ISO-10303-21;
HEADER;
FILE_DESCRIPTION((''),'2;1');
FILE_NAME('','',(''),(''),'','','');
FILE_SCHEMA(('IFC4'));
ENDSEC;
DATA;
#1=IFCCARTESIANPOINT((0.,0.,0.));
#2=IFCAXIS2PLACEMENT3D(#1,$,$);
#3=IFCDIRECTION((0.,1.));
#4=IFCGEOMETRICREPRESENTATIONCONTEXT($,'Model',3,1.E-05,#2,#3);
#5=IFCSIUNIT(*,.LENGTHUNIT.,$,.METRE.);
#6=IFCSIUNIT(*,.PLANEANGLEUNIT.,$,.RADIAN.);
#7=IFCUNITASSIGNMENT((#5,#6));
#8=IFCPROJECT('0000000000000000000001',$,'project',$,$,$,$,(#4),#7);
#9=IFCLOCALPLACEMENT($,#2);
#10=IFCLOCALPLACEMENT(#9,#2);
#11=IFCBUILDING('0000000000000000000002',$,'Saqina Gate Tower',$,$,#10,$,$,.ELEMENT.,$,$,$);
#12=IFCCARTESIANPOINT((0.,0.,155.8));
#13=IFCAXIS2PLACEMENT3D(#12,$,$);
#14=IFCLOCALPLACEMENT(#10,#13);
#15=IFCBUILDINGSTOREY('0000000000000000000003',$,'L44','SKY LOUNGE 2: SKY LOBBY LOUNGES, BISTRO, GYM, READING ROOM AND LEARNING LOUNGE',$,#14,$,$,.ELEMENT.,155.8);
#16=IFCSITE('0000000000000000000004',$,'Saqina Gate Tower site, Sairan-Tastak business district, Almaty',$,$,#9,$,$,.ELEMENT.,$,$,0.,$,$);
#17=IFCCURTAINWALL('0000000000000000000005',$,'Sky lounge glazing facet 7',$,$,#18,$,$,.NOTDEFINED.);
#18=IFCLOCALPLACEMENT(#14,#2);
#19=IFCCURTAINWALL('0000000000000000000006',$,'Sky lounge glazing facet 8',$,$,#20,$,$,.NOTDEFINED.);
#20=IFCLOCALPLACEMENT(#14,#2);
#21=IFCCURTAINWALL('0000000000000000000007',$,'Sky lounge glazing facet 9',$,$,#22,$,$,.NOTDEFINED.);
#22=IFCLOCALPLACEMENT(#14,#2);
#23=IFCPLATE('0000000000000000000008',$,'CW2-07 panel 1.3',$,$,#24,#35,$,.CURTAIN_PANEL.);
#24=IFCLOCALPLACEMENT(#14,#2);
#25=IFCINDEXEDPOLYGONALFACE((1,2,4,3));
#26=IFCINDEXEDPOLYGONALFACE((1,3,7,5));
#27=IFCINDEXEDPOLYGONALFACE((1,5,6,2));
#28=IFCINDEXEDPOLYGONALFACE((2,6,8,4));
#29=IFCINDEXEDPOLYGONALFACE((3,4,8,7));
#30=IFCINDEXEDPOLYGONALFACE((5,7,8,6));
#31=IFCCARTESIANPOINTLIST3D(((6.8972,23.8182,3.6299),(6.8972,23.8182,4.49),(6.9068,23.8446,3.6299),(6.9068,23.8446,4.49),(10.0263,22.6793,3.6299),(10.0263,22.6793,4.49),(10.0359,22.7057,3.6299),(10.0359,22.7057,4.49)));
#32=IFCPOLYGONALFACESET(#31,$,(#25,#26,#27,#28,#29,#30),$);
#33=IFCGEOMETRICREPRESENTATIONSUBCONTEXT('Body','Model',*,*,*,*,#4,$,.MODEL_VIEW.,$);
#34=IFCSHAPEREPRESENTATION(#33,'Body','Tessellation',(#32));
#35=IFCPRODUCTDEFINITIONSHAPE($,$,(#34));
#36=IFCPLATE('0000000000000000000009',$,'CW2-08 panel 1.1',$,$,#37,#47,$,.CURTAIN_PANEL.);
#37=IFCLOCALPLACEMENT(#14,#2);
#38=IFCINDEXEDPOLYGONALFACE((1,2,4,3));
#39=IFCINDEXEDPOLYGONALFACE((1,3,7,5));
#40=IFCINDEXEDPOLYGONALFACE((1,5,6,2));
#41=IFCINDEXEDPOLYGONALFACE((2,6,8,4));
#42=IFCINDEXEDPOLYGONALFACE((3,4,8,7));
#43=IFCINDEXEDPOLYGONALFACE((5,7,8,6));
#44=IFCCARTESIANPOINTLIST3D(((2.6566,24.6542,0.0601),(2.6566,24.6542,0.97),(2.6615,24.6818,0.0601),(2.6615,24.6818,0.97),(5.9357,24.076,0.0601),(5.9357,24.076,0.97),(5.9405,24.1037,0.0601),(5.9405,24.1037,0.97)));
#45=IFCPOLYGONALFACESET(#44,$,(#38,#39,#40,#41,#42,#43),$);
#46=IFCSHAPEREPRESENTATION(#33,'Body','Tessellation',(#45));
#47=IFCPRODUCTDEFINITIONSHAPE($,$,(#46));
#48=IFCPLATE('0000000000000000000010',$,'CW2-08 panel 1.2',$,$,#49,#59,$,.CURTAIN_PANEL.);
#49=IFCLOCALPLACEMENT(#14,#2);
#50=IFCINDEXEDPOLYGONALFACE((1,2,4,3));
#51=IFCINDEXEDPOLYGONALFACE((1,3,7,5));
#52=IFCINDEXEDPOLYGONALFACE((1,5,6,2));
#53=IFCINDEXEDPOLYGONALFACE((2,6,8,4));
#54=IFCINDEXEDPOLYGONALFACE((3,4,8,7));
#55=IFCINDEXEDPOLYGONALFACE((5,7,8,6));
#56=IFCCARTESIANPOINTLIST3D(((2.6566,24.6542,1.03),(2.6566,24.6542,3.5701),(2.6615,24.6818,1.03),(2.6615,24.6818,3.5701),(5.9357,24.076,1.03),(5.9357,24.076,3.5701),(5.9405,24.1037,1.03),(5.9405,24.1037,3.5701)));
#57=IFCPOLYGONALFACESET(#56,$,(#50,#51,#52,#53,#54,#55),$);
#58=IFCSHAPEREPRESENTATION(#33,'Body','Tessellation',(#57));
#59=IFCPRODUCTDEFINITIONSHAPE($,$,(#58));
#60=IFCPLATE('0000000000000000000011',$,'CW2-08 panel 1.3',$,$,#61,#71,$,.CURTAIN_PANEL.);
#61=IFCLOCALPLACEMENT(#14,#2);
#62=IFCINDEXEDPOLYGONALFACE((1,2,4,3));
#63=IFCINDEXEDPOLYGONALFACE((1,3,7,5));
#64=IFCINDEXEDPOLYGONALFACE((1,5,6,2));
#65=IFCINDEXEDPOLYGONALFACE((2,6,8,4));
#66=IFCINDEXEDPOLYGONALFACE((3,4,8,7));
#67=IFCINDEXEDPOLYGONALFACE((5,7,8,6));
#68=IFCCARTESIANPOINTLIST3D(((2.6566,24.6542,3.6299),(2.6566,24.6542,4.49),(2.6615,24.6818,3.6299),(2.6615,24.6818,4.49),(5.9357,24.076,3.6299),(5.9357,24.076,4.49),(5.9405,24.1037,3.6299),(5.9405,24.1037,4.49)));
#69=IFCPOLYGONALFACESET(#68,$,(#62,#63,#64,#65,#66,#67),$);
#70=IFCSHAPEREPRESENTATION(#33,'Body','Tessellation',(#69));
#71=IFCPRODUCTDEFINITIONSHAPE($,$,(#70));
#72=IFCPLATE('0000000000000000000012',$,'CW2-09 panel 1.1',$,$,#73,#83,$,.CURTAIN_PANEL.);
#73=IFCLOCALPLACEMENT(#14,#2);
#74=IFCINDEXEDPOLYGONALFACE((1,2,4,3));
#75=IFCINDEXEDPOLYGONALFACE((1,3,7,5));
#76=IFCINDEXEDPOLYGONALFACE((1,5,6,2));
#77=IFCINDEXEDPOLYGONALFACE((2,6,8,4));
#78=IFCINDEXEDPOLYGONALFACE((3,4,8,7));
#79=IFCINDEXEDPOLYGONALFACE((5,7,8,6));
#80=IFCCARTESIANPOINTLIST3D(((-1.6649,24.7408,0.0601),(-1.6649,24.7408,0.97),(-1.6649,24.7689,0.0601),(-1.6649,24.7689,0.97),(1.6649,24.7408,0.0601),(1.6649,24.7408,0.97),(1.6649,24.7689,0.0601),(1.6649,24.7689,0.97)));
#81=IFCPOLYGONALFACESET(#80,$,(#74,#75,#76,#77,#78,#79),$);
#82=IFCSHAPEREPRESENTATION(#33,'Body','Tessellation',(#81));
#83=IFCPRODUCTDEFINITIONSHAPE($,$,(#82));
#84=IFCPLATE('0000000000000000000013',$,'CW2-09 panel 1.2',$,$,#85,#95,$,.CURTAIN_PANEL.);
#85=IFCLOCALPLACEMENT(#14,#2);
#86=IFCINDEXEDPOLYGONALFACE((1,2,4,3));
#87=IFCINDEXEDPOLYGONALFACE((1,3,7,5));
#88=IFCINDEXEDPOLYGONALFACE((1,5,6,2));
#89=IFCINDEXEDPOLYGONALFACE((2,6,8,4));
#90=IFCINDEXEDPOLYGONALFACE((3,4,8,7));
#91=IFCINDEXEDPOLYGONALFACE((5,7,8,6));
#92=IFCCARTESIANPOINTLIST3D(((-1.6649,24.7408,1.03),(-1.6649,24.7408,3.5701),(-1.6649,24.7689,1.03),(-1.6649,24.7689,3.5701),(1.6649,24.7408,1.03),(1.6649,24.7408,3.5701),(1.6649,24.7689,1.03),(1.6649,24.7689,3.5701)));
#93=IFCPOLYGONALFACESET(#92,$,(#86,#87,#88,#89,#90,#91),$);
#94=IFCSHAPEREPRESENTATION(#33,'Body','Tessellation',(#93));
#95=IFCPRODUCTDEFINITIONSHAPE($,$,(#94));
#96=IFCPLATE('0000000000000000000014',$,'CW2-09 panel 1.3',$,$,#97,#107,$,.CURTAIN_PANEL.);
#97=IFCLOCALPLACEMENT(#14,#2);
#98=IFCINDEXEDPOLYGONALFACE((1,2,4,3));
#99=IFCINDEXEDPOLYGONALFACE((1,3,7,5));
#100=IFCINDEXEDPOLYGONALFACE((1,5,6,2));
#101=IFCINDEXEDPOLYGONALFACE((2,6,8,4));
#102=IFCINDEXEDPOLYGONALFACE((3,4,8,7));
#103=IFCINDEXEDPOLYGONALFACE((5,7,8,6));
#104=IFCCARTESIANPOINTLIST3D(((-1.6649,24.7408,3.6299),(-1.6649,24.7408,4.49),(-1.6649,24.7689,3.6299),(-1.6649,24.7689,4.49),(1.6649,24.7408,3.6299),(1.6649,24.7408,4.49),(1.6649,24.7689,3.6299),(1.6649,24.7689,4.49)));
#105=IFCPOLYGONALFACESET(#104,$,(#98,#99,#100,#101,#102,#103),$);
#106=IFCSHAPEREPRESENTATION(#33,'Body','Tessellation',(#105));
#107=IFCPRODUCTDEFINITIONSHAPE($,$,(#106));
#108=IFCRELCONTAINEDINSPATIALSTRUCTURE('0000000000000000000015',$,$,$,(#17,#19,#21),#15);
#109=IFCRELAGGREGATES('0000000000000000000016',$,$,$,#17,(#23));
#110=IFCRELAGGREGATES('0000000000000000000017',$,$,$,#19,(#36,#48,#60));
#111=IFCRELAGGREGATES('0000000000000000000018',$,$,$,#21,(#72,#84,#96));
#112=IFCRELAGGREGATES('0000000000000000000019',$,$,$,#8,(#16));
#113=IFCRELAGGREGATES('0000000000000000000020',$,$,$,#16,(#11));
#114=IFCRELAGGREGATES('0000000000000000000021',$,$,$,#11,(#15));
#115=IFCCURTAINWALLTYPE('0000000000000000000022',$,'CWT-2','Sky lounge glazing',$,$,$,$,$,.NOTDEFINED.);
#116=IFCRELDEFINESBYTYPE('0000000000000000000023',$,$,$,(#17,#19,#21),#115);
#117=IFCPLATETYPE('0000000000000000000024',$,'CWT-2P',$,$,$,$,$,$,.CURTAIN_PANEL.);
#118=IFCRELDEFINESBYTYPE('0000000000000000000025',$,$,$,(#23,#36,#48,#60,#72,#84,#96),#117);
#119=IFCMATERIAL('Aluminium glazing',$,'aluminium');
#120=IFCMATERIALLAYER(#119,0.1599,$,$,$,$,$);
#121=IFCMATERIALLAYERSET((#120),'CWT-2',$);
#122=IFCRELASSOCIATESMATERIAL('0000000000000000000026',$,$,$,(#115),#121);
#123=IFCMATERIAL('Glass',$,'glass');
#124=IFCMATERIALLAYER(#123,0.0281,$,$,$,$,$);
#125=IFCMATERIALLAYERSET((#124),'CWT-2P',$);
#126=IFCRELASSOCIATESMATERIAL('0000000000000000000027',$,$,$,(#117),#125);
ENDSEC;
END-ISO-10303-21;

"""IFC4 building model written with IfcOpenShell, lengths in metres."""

from ifc_helpers import new_model, si_unit, direction, frame, origin, origin_2d, place, context, subcontext, project, spatial, rectangle, extrude, material, layer, layer_set, type_object, element, aggregate, save


model = new_model("IFC4")

# Units and contexts
model_context = context("Model", 3, precision=1e-05, world=origin(), true_north=direction((0.0, 1.0)))
body_context = subcontext(model_context, "Body", "Model", "MODEL_VIEW")
ifc_project = project(units=[si_unit("LENGTHUNIT", "METRE"), si_unit("PLANEANGLEUNIT", "RADIAN")], contexts=[model_context])

# Site, building, storey
site_placement = place(None, origin())
site = spatial("IfcSite", under=ifc_project, at=site_placement, Name="Saqina Gate Tower site, Sairan-Tastak business district, Almaty", CompositionType="ELEMENT", RefElevation=0.0)
building_placement = place(site_placement, origin())
building = spatial("IfcBuilding", under=site, at=building_placement, Name="Saqina Gate Tower", CompositionType="ELEMENT")
storey_placement = place(building_placement, frame((0.0, 0.0, 155.8)))
storey = spatial("IfcBuildingStorey", under=building, at=storey_placement, Name="L44", Description="SKY LOUNGE 2: SKY LOBBY LOUNGES, BISTRO, GYM, READING ROOM AND LEARNING LOUNGE", CompositionType="ELEMENT", Elevation=155.8)

# Curtain wall
ifc_material_1 = material(Name="Aluminium glazing", Category="aluminium")
ifc_layer_1 = layer(ifc_material_1, 0.1599)
ifc_layer_set_1 = layer_set([ifc_layer_1], Name="CWT-2")
curtain_wall_type = type_object("IfcCurtainWallType", Name="CWT-2", Description="Sky lounge glazing", PredefinedType="NOTDEFINED", material=ifc_layer_set_1)
curtain_wall_1_placement = place(storey_placement, origin())
curtain_wall_1 = element("IfcCurtainWall", 1, at=curtain_wall_1_placement, inside=storey, type_object=curtain_wall_type, Name="Sky lounge glazing facet 7", PredefinedType="NOTDEFINED")

# Curtain wall
curtain_wall_2_placement = place(storey_placement, origin())
curtain_wall_2 = element("IfcCurtainWall", 2, at=curtain_wall_2_placement, inside=storey, type_object=curtain_wall_type, Name="Sky lounge glazing facet 8", PredefinedType="NOTDEFINED")

# Curtain wall
curtain_wall_3_placement = place(storey_placement, origin())
curtain_wall_3 = element("IfcCurtainWall", 3, at=curtain_wall_3_placement, inside=storey, type_object=curtain_wall_type, Name="Sky lounge glazing facet 9", PredefinedType="NOTDEFINED")

# Plates
ifc_material_2 = material(Name="Glass", Category="glass")
ifc_layer_2 = layer(ifc_material_2, 0.0281)
ifc_layer_set_2 = layer_set([ifc_layer_2], Name="CWT-2P")
plate_type = type_object("IfcPlateType", Name="CWT-2P", PredefinedType="CURTAIN_PANEL", material=ifc_layer_set_2)
plate_1_placement = place(storey_placement, frame((8.4666, 23.262, 3.6299), z_axis=(0.0, 0.0, 1.0), x_axis=(-0.939691, 0.342025, 0.0)))
plate_1 = element("IfcPlate", 4, at=plate_1_placement, type_object=plate_type, Name="CW2-07 panel 1.3", PredefinedType="CURTAIN_PANEL", context=body_context, shape_type="SweptSolid", body=[
    extrude(rectangle(XDim=3.3298, YDim=0.0281, at=origin_2d()), origin(), (0.0, 0.0, 1.0), 0.8601),
])
aggregate(curtain_wall_1, [plate_1])
plate_2_placement = place(storey_placement, frame((4.2986, 24.3789, 0.0601), z_axis=(0.0, 0.0, 1.0), x_axis=(-0.98481, 0.173638, 0.0)))
plate_2 = element("IfcPlate", 5, at=plate_2_placement, type_object=plate_type, Name="CW2-08 panel 1.1", PredefinedType="CURTAIN_PANEL", context=body_context, shape_type="SweptSolid", body=[
    extrude(rectangle(XDim=3.3296, YDim=0.0281, at=origin_2d()), origin(), (0.0, 0.0, 1.0), 0.9099),
])
plate_3_placement = place(storey_placement, frame((4.2986, 24.3789, 1.03), z_axis=(0.0, 0.0, 1.0), x_axis=(-0.98481, 0.173638, 0.0)))
plate_3 = element("IfcPlate", 6, at=plate_3_placement, type_object=plate_type, Name="CW2-08 panel 1.2", PredefinedType="CURTAIN_PANEL", context=body_context, shape_type="SweptSolid", body=[
    extrude(rectangle(XDim=3.3296, YDim=0.0281, at=origin_2d()), origin(), (0.0, 0.0, 1.0), 2.54),
])
plate_4_placement = place(storey_placement, frame((4.2986, 24.3789, 3.6299), z_axis=(0.0, 0.0, 1.0), x_axis=(-0.98481, 0.173638, 0.0)))
plate_4 = element("IfcPlate", 7, at=plate_4_placement, type_object=plate_type, Name="CW2-08 panel 1.3", PredefinedType="CURTAIN_PANEL", context=body_context, shape_type="SweptSolid", body=[
    extrude(rectangle(XDim=3.3296, YDim=0.0281, at=origin_2d()), origin(), (0.0, 0.0, 1.0), 0.8601),
])
aggregate(curtain_wall_2, [plate_2, plate_3, plate_4])
plate_5_placement = place(storey_placement, frame((0.0, 24.7549, 0.0601), z_axis=(0.0, 0.0, 1.0), x_axis=(-1.0, 0.0, 0.0)))
plate_5 = element("IfcPlate", 8, at=plate_5_placement, type_object=plate_type, Name="CW2-09 panel 1.1", PredefinedType="CURTAIN_PANEL", context=body_context, shape_type="SweptSolid", body=[
    extrude(rectangle(XDim=3.3298, YDim=0.0281, at=origin_2d()), origin(), (0.0, 0.0, 1.0), 0.9099),
])
plate_6_placement = place(storey_placement, frame((0.0, 24.7549, 1.03), z_axis=(0.0, 0.0, 1.0), x_axis=(-1.0, 0.0, 0.0)))
plate_6 = element("IfcPlate", 9, at=plate_6_placement, type_object=plate_type, Name="CW2-09 panel 1.2", PredefinedType="CURTAIN_PANEL", context=body_context, shape_type="SweptSolid", body=[
    extrude(rectangle(XDim=3.3298, YDim=0.0281, at=origin_2d()), origin(), (0.0, 0.0, 1.0), 2.54),
])
plate_7_placement = place(storey_placement, frame((0.0, 24.7549, 3.6299), z_axis=(0.0, 0.0, 1.0), x_axis=(-1.0, 0.0, 0.0)))
plate_7 = element("IfcPlate", 10, at=plate_7_placement, type_object=plate_type, Name="CW2-09 panel 1.3", PredefinedType="CURTAIN_PANEL", context=body_context, shape_type="SweptSolid", body=[
    extrude(rectangle(XDim=3.3298, YDim=0.0281, at=origin_2d()), origin(), (0.0, 0.0, 1.0), 0.8601),
])
aggregate(curtain_wall_3, [plate_5, plate_6, plate_7])

save(model, "model.ifc")
